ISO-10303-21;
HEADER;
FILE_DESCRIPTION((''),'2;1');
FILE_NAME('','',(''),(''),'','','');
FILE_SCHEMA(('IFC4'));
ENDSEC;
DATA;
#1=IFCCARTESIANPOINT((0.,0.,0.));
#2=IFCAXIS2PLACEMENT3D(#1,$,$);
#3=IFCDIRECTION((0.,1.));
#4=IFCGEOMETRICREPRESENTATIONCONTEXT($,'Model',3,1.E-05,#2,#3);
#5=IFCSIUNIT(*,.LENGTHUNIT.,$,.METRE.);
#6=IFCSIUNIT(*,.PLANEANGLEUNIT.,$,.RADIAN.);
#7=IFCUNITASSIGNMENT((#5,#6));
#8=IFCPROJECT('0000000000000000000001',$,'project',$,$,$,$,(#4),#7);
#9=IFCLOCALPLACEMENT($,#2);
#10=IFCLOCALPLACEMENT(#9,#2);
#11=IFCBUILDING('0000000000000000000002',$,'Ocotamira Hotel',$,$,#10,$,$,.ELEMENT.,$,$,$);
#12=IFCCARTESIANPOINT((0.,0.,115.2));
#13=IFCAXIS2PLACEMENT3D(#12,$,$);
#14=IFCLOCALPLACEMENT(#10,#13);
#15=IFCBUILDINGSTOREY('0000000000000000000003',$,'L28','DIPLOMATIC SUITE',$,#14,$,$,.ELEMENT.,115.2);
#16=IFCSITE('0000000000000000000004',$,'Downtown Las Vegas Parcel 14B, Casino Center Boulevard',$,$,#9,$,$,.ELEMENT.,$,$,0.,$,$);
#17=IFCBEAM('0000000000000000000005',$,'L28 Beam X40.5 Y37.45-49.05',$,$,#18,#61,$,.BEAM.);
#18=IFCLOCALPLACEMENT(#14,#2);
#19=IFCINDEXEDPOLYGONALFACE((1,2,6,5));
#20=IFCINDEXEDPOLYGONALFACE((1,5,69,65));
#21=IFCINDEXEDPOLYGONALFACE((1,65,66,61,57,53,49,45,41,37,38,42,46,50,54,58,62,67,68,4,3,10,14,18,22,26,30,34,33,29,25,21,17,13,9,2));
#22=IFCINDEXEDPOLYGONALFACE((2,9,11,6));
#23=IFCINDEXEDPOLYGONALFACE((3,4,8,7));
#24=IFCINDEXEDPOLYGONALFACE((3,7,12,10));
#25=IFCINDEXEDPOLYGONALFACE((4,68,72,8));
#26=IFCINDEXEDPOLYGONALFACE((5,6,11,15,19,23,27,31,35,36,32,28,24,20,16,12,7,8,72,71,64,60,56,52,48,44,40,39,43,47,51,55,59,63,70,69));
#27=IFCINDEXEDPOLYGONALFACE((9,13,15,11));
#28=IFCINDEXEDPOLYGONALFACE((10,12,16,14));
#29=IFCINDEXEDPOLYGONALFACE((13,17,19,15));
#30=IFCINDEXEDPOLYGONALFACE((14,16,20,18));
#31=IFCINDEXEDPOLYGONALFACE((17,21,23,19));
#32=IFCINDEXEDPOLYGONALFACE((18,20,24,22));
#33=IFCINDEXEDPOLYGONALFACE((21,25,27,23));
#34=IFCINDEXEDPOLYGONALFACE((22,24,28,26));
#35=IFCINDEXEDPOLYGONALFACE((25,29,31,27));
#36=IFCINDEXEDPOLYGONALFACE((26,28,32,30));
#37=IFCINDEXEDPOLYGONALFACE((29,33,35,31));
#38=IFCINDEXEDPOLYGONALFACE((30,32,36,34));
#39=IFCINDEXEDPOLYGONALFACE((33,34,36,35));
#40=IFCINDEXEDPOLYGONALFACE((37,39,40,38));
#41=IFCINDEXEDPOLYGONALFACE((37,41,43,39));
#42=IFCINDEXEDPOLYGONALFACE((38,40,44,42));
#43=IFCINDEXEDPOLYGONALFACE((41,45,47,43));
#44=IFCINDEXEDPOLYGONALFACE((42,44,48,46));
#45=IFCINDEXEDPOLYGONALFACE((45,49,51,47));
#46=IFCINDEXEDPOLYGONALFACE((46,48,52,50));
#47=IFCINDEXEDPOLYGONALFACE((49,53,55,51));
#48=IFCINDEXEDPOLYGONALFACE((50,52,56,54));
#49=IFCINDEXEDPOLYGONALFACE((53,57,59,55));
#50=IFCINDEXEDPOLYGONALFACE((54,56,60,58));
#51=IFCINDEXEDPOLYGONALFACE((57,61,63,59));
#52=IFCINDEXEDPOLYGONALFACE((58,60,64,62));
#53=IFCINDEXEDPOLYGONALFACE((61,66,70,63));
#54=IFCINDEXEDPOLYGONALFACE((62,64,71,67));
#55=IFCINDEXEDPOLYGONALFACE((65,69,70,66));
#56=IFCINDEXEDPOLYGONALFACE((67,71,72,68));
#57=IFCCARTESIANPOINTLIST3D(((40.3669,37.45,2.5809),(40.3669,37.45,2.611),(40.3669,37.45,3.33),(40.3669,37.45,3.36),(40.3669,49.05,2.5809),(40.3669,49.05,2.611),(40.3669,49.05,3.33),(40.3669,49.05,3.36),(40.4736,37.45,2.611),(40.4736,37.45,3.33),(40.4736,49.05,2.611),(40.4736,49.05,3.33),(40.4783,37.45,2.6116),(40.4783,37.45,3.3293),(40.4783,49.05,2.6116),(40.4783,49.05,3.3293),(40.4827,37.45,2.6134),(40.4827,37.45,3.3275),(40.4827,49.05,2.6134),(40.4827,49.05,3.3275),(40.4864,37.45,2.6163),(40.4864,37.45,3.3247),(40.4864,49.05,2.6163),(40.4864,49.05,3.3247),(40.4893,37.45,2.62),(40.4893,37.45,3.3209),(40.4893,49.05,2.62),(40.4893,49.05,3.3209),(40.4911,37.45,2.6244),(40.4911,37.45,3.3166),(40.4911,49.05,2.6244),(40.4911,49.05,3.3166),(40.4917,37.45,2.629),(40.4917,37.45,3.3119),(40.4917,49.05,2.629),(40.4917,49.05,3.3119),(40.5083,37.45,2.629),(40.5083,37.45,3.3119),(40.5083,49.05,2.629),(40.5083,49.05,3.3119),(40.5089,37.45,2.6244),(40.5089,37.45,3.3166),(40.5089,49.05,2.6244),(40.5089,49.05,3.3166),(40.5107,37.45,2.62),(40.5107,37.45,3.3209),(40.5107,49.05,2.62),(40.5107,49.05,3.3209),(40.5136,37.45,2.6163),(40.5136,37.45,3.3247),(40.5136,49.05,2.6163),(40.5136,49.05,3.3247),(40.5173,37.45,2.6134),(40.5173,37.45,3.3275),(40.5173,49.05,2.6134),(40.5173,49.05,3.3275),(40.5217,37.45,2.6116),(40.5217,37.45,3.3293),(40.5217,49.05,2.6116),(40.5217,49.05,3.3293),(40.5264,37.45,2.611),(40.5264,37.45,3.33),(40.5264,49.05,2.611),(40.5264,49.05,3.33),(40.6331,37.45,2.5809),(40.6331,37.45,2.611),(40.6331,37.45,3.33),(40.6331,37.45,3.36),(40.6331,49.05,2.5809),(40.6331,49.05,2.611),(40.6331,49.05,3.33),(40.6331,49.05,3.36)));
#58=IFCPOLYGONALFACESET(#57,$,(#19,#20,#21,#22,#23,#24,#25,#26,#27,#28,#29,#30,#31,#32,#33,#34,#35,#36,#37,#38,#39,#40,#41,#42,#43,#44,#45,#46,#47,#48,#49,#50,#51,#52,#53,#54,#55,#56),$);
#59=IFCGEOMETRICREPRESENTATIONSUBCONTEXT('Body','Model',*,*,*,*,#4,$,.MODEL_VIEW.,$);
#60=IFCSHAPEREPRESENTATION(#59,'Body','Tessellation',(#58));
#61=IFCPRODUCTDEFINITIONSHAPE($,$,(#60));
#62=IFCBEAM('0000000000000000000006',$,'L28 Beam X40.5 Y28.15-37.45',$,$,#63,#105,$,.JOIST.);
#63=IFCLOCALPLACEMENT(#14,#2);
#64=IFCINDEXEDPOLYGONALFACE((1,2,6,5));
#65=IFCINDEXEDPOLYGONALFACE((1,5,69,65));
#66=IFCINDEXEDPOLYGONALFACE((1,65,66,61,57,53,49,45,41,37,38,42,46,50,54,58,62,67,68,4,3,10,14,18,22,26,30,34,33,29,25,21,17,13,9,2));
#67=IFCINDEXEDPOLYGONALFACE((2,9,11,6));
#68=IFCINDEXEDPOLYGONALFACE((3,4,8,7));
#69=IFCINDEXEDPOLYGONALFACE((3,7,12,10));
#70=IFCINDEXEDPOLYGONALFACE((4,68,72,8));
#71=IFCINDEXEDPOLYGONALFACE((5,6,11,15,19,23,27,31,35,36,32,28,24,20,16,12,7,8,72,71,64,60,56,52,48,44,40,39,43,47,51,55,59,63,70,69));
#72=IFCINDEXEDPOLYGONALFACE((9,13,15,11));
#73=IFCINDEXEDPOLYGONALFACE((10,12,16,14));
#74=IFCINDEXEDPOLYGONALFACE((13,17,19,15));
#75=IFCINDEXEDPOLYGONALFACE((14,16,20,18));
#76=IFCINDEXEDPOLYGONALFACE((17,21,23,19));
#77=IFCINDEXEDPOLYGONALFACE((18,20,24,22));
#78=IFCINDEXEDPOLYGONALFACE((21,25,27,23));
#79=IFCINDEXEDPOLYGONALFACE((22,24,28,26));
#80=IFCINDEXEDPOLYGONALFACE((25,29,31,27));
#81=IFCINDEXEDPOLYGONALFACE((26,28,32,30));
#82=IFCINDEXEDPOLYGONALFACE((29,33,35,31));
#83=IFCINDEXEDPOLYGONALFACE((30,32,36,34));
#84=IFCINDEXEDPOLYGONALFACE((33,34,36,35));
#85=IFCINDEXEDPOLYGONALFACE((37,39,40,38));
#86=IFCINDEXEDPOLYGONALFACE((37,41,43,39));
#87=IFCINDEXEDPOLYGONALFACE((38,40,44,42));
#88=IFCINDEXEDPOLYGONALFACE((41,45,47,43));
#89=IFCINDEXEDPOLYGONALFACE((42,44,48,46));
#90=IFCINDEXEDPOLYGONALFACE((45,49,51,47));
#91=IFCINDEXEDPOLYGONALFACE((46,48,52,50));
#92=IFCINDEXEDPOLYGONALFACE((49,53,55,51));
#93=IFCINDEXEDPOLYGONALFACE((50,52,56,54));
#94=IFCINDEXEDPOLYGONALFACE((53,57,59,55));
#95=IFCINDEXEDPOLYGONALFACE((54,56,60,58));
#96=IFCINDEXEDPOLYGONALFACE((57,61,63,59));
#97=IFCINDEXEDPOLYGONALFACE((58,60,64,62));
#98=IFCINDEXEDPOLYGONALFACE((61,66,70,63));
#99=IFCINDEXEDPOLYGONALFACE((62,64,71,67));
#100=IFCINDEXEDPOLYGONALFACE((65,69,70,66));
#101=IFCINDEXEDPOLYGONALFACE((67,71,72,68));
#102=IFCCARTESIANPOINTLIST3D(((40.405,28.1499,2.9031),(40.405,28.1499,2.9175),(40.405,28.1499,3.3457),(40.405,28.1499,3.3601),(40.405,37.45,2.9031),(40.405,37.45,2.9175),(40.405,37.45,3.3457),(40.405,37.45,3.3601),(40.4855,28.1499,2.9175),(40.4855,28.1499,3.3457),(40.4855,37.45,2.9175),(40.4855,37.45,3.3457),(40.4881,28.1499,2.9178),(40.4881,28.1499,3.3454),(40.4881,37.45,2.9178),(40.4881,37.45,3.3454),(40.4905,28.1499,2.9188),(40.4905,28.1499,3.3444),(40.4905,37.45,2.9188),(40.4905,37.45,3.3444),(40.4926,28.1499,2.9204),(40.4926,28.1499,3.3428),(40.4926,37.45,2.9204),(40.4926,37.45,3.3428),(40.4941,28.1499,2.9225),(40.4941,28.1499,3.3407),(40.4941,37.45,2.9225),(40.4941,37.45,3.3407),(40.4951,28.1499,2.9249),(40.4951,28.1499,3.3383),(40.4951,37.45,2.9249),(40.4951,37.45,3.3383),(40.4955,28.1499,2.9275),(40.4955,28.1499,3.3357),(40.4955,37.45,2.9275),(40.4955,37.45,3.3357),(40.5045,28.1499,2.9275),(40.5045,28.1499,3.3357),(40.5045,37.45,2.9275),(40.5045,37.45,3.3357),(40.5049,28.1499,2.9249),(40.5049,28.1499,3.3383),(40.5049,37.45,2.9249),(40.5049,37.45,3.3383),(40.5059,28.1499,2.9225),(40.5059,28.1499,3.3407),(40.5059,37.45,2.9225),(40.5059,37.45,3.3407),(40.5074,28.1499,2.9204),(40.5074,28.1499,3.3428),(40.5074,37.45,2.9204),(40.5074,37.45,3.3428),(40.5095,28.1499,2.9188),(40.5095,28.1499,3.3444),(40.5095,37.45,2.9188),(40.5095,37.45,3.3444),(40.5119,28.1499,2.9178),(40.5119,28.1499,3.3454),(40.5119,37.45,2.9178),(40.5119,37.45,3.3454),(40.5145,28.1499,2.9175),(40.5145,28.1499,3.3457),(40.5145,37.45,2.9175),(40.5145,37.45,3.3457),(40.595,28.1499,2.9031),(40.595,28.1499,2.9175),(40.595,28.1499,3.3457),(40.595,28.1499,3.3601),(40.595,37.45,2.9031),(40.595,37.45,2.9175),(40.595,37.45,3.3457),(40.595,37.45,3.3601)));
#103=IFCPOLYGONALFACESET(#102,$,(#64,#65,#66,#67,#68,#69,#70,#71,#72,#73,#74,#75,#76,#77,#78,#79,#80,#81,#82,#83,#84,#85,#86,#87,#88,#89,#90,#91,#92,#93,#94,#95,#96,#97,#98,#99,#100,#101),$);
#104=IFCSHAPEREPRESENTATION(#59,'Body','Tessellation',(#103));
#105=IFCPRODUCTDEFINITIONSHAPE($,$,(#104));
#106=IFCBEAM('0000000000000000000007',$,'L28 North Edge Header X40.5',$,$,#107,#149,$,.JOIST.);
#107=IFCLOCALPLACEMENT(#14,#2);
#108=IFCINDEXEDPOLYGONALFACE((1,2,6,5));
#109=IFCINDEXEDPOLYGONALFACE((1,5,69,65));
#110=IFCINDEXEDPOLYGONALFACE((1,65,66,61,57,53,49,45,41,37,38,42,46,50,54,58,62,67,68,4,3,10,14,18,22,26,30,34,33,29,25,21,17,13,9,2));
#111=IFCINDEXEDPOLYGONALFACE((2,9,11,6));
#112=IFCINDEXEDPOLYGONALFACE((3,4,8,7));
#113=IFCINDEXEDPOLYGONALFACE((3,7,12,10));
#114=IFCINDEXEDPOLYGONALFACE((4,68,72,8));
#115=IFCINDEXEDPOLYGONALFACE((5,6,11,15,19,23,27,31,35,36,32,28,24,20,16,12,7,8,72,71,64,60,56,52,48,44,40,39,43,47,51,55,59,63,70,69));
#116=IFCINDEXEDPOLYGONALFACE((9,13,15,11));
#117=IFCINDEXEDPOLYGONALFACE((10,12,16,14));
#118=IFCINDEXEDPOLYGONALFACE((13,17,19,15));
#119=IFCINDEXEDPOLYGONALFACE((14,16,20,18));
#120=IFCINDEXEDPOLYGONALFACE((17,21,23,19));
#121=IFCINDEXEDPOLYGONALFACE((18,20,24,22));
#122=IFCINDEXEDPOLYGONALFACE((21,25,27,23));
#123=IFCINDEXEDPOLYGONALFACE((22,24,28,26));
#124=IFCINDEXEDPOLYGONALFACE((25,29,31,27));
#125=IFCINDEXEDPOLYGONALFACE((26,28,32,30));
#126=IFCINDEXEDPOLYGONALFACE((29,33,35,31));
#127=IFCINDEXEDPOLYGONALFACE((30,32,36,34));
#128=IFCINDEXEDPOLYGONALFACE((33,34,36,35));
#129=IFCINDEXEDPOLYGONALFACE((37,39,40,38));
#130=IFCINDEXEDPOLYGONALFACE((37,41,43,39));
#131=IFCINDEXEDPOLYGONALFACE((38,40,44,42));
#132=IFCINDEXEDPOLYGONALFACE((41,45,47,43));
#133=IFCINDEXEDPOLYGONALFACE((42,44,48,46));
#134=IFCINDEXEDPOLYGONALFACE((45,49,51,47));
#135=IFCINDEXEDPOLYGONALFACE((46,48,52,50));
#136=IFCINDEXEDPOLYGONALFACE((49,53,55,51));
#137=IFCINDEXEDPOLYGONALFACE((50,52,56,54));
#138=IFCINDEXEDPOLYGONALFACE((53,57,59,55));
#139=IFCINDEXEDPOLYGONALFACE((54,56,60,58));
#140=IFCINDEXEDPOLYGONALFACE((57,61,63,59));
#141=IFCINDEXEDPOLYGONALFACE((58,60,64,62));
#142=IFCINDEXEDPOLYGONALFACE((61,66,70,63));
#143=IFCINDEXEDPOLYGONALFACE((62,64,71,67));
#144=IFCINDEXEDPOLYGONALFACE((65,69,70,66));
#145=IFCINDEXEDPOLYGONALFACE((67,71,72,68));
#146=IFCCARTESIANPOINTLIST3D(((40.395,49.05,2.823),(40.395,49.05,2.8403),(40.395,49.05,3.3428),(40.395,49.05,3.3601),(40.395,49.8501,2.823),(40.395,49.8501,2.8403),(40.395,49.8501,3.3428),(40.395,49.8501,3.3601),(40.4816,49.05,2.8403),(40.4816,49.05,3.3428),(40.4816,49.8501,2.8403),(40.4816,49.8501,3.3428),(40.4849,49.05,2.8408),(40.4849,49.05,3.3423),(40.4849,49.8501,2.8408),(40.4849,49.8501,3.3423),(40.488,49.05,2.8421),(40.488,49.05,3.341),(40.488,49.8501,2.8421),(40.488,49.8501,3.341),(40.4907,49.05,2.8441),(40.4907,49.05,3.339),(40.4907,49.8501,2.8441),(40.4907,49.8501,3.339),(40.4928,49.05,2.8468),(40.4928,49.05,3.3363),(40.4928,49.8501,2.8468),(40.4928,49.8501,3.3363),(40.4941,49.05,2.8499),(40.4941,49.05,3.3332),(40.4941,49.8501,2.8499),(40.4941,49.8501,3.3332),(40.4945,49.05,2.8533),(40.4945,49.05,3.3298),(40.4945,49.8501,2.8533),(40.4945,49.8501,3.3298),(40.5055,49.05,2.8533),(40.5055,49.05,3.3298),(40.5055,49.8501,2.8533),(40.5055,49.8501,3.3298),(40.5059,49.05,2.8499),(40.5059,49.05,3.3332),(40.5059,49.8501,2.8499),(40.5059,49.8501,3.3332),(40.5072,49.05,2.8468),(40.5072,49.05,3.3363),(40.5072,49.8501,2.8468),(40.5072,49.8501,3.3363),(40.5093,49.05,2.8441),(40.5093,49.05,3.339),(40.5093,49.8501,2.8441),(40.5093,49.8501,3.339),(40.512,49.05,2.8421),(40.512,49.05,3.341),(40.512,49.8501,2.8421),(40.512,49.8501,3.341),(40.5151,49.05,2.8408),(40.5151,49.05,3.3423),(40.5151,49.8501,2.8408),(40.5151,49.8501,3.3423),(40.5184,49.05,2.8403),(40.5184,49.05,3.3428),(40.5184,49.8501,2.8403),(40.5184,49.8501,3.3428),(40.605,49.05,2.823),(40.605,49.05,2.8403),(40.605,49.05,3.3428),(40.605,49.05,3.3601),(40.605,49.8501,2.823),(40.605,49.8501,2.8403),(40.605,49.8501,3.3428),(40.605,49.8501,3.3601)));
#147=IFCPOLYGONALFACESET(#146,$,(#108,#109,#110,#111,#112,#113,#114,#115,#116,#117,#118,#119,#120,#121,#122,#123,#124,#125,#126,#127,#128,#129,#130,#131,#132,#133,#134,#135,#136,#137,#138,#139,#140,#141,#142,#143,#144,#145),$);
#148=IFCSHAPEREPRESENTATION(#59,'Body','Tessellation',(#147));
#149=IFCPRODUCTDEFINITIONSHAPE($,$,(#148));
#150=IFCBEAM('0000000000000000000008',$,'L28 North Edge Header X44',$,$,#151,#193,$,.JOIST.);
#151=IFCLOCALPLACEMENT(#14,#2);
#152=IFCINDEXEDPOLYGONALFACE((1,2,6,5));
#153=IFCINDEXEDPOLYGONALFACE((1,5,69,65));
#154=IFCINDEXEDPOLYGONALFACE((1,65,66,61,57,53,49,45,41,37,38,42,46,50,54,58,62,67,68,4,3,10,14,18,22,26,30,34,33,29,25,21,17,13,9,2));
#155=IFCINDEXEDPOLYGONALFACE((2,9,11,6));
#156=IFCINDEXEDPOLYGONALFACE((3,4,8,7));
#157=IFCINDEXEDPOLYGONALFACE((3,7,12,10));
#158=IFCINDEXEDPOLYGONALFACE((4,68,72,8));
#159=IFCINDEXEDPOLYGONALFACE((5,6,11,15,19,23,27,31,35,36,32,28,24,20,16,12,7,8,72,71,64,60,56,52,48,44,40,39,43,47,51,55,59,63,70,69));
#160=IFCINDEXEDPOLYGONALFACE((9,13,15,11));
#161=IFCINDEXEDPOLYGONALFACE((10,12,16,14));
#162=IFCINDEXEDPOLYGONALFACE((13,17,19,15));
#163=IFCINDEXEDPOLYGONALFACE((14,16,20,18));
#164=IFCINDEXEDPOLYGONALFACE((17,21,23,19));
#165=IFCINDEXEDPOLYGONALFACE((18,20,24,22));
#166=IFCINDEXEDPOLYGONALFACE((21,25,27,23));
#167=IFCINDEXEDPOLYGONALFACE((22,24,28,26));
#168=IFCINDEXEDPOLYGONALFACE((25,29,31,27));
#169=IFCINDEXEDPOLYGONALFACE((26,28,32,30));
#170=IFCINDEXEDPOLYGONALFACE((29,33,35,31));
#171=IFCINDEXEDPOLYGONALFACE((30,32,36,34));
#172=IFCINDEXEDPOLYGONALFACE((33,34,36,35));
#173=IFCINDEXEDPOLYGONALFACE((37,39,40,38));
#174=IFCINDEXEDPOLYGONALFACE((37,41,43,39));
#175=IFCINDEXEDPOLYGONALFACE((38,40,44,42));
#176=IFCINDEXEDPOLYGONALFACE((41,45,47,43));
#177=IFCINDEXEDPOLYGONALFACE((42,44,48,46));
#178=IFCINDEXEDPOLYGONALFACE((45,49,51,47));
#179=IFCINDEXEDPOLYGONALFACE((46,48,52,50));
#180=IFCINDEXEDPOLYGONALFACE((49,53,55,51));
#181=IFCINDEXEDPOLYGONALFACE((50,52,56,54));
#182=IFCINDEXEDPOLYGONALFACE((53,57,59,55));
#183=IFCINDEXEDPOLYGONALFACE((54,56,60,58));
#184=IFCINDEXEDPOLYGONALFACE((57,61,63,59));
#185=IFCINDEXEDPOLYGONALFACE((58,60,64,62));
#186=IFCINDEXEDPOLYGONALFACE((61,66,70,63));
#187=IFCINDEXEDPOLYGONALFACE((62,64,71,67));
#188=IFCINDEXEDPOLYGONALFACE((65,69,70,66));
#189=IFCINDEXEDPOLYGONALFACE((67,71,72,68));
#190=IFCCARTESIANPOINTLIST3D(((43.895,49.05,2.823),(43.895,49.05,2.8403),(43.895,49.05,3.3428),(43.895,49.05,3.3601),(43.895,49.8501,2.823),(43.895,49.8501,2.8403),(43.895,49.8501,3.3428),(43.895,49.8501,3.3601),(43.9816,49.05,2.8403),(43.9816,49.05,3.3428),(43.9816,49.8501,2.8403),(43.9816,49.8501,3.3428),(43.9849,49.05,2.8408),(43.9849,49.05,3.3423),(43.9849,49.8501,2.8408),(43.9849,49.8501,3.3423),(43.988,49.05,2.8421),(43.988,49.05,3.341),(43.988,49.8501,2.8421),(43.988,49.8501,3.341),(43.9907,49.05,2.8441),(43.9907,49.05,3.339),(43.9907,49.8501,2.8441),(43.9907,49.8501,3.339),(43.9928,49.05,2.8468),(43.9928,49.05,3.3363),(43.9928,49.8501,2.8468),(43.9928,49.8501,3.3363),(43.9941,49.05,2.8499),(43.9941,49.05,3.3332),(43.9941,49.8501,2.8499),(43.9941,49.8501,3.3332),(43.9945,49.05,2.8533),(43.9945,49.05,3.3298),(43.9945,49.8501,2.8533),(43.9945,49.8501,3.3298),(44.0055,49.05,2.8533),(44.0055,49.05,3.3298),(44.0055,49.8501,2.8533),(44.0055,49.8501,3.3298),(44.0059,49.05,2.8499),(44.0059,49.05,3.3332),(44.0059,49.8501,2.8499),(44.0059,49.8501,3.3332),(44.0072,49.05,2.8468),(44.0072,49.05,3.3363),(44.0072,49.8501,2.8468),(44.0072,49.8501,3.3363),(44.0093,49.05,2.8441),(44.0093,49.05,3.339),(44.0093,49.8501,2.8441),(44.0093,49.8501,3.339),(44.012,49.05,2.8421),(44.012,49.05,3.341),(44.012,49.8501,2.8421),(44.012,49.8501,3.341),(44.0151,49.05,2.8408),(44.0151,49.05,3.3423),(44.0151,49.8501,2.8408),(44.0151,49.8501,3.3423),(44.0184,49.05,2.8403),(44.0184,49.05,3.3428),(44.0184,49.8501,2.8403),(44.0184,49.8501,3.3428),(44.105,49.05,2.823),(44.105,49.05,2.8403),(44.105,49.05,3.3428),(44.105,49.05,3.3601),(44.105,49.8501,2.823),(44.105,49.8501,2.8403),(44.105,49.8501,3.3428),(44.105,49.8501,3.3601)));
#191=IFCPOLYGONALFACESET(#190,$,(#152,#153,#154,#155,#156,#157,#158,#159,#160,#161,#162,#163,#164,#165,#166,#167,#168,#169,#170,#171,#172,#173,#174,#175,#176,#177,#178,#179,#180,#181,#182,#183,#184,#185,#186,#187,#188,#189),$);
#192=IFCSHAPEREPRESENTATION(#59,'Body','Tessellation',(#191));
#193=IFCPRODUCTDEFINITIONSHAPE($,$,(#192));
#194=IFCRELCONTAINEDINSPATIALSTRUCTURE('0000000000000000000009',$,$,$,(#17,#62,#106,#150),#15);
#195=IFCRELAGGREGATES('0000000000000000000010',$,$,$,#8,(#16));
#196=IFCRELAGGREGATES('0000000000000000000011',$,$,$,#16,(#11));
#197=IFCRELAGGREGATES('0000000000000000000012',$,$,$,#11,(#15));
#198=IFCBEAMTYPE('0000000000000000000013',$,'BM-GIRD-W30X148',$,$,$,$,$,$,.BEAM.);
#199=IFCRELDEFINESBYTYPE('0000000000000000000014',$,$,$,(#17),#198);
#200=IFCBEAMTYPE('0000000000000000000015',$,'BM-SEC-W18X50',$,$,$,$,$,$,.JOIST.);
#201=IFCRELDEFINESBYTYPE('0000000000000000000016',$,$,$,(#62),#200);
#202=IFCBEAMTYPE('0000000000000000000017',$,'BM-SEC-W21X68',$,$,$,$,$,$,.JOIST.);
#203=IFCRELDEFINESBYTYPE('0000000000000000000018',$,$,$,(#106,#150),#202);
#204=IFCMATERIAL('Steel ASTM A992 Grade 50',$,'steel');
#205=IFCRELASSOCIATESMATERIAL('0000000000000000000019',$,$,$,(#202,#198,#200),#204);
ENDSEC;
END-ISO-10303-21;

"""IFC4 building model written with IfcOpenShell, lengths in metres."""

from ifc_helpers import new_model, si_unit, direction, frame, origin, origin_2d, place, context, subcontext, project, spatial, i_section, extrude, source, transform, mapped, material, material_profile, profile_set, type_object, element, save


model = new_model("IFC4")

# Units and contexts
model_context = context("Model", 3, precision=1e-05, world=origin(), true_north=direction((0.0, 1.0)))
body_context = subcontext(model_context, "Body", "Model", "MODEL_VIEW")
ifc_project = project(units=[si_unit("LENGTHUNIT", "METRE"), si_unit("PLANEANGLEUNIT", "RADIAN")], contexts=[model_context])

# Site, building, storey
site_placement = place(None, origin())
site = spatial("IfcSite", under=ifc_project, at=site_placement, Name="Downtown Las Vegas Parcel 14B, Casino Center Boulevard", CompositionType="ELEMENT", RefElevation=0.0)
building_placement = place(site_placement, origin())
building = spatial("IfcBuilding", under=site, at=building_placement, Name="Ocotamira Hotel", CompositionType="ELEMENT")
storey_placement = place(building_placement, frame((0.0, 0.0, 115.2)))
storey = spatial("IfcBuildingStorey", under=building, at=storey_placement, Name="L28", Description="DIPLOMATIC SUITE", CompositionType="ELEMENT", Elevation=115.2)

# Beams
ifc_material_1 = material(Name="Steel ASTM A992 Grade 50", Category="steel")
ifc_material_profile_1 = material_profile(ifc_material_1, i_section(OverallWidth=0.21, OverallDepth=0.5371, WebThickness=0.011, FlangeThickness=0.0173, FilletRadius=0.0129, at=origin_2d()), Name="W21X68")
ifc_profile_set_1 = profile_set([ifc_material_profile_1], Name="Steel ASTM A992 Grade 50")
beam_type_1 = type_object("IfcBeamType", Name="BM-SEC-W21X68", PredefinedType="JOIST", material=ifc_profile_set_1)
ifc_material_profile_2 = material_profile(ifc_material_1, i_section(OverallWidth=0.2661, OverallDepth=0.7791, WebThickness=0.0166, FlangeThickness=0.03, FilletRadius=0.0181, at=origin_2d()), Name="W30X148")
ifc_profile_set_2 = profile_set([ifc_material_profile_2], Name="Steel ASTM A992 Grade 50")
beam_type_2 = type_object("IfcBeamType", Name="BM-GIRD-W30X148", PredefinedType="BEAM", material=ifc_profile_set_2)
shared_shape_1 = source(origin(), body_context, "Body", "SweptSolid", [
    extrude(i_section(OverallWidth=0.2661, OverallDepth=0.7791, WebThickness=0.0166, FlangeThickness=0.03, FilletRadius=0.0181, at=origin_2d()), origin(), (0.0, 0.0, 1.0), 11.6001),
])
beam_1_placement = place(storey_placement, frame((40.5, 37.45, 2.9705), z_axis=(0.0, 1.0, 0.0), x_axis=(-1.0, 0.0, 0.0)))
element("IfcBeam", 1, at=beam_1_placement, inside=storey, type_object=beam_type_2, Name="L28 Beam X40.5 Y37.45-49.05", PredefinedType="BEAM", context=body_context, shape_type="MappedRepresentation", body=[
    mapped(shared_shape_1, transform((0.0, 0.0, 0.0), scale=1.0)),
])
ifc_material_profile_3 = material_profile(ifc_material_1, i_section(OverallWidth=0.1899, OverallDepth=0.457, WebThickness=0.009, FlangeThickness=0.0144, FilletRadius=0.01, at=origin_2d()), Name="W18X50")
ifc_profile_set_3 = profile_set([ifc_material_profile_3], Name="Steel ASTM A992 Grade 50")
beam_type_3 = type_object("IfcBeamType", Name="BM-SEC-W18X50", PredefinedType="JOIST", material=ifc_profile_set_3)
shared_shape_2 = source(origin(), body_context, "Body", "SweptSolid", [
    extrude(i_section(OverallWidth=0.1899, OverallDepth=0.457, WebThickness=0.009, FlangeThickness=0.0144, FilletRadius=0.01, at=origin_2d()), origin(), (0.0, 0.0, 1.0), 9.3),
])
beam_2_placement = place(storey_placement, frame((40.5, 28.1499, 3.1316), z_axis=(0.0, 1.0, 0.0), x_axis=(-1.0, 0.0, 0.0)))
element("IfcBeam", 2, at=beam_2_placement, inside=storey, type_object=beam_type_3, Name="L28 Beam X40.5 Y28.15-37.45", PredefinedType="JOIST", context=body_context, shape_type="MappedRepresentation", body=[
    mapped(shared_shape_2, transform((0.0, 0.0, 0.0), scale=1.0)),
])
shared_shape_3 = source(origin(), body_context, "Body", "SweptSolid", [
    extrude(i_section(OverallWidth=0.21, OverallDepth=0.5371, WebThickness=0.011, FlangeThickness=0.0173, FilletRadius=0.0129, at=origin_2d()), origin(), (0.0, 0.0, 1.0), 0.8),
])
for number, where, z_axis, x_axis, name in (
    (3, (40.5, 49.05, 3.0916), (0.0, 1.0, 0.0), (-1.0, 0.0, 0.0), "L28 North Edge Header X40.5"),
    (4, (44.0, 49.05, 3.0916), (0.0, 1.0, 0.0), (-1.0, 0.0, 0.0), "L28 North Edge Header X44"),
):
    element("IfcBeam", number, at=place(storey_placement, frame(where, z_axis=z_axis, x_axis=x_axis)), inside=storey, type_object=beam_type_1, Name=name, PredefinedType="JOIST", context=body_context, shape_type="MappedRepresentation", body=[
        mapped(shared_shape_3, transform((0.0, 0.0, 0.0), scale=1.0)),
    ])

save(model, "model.ifc")
